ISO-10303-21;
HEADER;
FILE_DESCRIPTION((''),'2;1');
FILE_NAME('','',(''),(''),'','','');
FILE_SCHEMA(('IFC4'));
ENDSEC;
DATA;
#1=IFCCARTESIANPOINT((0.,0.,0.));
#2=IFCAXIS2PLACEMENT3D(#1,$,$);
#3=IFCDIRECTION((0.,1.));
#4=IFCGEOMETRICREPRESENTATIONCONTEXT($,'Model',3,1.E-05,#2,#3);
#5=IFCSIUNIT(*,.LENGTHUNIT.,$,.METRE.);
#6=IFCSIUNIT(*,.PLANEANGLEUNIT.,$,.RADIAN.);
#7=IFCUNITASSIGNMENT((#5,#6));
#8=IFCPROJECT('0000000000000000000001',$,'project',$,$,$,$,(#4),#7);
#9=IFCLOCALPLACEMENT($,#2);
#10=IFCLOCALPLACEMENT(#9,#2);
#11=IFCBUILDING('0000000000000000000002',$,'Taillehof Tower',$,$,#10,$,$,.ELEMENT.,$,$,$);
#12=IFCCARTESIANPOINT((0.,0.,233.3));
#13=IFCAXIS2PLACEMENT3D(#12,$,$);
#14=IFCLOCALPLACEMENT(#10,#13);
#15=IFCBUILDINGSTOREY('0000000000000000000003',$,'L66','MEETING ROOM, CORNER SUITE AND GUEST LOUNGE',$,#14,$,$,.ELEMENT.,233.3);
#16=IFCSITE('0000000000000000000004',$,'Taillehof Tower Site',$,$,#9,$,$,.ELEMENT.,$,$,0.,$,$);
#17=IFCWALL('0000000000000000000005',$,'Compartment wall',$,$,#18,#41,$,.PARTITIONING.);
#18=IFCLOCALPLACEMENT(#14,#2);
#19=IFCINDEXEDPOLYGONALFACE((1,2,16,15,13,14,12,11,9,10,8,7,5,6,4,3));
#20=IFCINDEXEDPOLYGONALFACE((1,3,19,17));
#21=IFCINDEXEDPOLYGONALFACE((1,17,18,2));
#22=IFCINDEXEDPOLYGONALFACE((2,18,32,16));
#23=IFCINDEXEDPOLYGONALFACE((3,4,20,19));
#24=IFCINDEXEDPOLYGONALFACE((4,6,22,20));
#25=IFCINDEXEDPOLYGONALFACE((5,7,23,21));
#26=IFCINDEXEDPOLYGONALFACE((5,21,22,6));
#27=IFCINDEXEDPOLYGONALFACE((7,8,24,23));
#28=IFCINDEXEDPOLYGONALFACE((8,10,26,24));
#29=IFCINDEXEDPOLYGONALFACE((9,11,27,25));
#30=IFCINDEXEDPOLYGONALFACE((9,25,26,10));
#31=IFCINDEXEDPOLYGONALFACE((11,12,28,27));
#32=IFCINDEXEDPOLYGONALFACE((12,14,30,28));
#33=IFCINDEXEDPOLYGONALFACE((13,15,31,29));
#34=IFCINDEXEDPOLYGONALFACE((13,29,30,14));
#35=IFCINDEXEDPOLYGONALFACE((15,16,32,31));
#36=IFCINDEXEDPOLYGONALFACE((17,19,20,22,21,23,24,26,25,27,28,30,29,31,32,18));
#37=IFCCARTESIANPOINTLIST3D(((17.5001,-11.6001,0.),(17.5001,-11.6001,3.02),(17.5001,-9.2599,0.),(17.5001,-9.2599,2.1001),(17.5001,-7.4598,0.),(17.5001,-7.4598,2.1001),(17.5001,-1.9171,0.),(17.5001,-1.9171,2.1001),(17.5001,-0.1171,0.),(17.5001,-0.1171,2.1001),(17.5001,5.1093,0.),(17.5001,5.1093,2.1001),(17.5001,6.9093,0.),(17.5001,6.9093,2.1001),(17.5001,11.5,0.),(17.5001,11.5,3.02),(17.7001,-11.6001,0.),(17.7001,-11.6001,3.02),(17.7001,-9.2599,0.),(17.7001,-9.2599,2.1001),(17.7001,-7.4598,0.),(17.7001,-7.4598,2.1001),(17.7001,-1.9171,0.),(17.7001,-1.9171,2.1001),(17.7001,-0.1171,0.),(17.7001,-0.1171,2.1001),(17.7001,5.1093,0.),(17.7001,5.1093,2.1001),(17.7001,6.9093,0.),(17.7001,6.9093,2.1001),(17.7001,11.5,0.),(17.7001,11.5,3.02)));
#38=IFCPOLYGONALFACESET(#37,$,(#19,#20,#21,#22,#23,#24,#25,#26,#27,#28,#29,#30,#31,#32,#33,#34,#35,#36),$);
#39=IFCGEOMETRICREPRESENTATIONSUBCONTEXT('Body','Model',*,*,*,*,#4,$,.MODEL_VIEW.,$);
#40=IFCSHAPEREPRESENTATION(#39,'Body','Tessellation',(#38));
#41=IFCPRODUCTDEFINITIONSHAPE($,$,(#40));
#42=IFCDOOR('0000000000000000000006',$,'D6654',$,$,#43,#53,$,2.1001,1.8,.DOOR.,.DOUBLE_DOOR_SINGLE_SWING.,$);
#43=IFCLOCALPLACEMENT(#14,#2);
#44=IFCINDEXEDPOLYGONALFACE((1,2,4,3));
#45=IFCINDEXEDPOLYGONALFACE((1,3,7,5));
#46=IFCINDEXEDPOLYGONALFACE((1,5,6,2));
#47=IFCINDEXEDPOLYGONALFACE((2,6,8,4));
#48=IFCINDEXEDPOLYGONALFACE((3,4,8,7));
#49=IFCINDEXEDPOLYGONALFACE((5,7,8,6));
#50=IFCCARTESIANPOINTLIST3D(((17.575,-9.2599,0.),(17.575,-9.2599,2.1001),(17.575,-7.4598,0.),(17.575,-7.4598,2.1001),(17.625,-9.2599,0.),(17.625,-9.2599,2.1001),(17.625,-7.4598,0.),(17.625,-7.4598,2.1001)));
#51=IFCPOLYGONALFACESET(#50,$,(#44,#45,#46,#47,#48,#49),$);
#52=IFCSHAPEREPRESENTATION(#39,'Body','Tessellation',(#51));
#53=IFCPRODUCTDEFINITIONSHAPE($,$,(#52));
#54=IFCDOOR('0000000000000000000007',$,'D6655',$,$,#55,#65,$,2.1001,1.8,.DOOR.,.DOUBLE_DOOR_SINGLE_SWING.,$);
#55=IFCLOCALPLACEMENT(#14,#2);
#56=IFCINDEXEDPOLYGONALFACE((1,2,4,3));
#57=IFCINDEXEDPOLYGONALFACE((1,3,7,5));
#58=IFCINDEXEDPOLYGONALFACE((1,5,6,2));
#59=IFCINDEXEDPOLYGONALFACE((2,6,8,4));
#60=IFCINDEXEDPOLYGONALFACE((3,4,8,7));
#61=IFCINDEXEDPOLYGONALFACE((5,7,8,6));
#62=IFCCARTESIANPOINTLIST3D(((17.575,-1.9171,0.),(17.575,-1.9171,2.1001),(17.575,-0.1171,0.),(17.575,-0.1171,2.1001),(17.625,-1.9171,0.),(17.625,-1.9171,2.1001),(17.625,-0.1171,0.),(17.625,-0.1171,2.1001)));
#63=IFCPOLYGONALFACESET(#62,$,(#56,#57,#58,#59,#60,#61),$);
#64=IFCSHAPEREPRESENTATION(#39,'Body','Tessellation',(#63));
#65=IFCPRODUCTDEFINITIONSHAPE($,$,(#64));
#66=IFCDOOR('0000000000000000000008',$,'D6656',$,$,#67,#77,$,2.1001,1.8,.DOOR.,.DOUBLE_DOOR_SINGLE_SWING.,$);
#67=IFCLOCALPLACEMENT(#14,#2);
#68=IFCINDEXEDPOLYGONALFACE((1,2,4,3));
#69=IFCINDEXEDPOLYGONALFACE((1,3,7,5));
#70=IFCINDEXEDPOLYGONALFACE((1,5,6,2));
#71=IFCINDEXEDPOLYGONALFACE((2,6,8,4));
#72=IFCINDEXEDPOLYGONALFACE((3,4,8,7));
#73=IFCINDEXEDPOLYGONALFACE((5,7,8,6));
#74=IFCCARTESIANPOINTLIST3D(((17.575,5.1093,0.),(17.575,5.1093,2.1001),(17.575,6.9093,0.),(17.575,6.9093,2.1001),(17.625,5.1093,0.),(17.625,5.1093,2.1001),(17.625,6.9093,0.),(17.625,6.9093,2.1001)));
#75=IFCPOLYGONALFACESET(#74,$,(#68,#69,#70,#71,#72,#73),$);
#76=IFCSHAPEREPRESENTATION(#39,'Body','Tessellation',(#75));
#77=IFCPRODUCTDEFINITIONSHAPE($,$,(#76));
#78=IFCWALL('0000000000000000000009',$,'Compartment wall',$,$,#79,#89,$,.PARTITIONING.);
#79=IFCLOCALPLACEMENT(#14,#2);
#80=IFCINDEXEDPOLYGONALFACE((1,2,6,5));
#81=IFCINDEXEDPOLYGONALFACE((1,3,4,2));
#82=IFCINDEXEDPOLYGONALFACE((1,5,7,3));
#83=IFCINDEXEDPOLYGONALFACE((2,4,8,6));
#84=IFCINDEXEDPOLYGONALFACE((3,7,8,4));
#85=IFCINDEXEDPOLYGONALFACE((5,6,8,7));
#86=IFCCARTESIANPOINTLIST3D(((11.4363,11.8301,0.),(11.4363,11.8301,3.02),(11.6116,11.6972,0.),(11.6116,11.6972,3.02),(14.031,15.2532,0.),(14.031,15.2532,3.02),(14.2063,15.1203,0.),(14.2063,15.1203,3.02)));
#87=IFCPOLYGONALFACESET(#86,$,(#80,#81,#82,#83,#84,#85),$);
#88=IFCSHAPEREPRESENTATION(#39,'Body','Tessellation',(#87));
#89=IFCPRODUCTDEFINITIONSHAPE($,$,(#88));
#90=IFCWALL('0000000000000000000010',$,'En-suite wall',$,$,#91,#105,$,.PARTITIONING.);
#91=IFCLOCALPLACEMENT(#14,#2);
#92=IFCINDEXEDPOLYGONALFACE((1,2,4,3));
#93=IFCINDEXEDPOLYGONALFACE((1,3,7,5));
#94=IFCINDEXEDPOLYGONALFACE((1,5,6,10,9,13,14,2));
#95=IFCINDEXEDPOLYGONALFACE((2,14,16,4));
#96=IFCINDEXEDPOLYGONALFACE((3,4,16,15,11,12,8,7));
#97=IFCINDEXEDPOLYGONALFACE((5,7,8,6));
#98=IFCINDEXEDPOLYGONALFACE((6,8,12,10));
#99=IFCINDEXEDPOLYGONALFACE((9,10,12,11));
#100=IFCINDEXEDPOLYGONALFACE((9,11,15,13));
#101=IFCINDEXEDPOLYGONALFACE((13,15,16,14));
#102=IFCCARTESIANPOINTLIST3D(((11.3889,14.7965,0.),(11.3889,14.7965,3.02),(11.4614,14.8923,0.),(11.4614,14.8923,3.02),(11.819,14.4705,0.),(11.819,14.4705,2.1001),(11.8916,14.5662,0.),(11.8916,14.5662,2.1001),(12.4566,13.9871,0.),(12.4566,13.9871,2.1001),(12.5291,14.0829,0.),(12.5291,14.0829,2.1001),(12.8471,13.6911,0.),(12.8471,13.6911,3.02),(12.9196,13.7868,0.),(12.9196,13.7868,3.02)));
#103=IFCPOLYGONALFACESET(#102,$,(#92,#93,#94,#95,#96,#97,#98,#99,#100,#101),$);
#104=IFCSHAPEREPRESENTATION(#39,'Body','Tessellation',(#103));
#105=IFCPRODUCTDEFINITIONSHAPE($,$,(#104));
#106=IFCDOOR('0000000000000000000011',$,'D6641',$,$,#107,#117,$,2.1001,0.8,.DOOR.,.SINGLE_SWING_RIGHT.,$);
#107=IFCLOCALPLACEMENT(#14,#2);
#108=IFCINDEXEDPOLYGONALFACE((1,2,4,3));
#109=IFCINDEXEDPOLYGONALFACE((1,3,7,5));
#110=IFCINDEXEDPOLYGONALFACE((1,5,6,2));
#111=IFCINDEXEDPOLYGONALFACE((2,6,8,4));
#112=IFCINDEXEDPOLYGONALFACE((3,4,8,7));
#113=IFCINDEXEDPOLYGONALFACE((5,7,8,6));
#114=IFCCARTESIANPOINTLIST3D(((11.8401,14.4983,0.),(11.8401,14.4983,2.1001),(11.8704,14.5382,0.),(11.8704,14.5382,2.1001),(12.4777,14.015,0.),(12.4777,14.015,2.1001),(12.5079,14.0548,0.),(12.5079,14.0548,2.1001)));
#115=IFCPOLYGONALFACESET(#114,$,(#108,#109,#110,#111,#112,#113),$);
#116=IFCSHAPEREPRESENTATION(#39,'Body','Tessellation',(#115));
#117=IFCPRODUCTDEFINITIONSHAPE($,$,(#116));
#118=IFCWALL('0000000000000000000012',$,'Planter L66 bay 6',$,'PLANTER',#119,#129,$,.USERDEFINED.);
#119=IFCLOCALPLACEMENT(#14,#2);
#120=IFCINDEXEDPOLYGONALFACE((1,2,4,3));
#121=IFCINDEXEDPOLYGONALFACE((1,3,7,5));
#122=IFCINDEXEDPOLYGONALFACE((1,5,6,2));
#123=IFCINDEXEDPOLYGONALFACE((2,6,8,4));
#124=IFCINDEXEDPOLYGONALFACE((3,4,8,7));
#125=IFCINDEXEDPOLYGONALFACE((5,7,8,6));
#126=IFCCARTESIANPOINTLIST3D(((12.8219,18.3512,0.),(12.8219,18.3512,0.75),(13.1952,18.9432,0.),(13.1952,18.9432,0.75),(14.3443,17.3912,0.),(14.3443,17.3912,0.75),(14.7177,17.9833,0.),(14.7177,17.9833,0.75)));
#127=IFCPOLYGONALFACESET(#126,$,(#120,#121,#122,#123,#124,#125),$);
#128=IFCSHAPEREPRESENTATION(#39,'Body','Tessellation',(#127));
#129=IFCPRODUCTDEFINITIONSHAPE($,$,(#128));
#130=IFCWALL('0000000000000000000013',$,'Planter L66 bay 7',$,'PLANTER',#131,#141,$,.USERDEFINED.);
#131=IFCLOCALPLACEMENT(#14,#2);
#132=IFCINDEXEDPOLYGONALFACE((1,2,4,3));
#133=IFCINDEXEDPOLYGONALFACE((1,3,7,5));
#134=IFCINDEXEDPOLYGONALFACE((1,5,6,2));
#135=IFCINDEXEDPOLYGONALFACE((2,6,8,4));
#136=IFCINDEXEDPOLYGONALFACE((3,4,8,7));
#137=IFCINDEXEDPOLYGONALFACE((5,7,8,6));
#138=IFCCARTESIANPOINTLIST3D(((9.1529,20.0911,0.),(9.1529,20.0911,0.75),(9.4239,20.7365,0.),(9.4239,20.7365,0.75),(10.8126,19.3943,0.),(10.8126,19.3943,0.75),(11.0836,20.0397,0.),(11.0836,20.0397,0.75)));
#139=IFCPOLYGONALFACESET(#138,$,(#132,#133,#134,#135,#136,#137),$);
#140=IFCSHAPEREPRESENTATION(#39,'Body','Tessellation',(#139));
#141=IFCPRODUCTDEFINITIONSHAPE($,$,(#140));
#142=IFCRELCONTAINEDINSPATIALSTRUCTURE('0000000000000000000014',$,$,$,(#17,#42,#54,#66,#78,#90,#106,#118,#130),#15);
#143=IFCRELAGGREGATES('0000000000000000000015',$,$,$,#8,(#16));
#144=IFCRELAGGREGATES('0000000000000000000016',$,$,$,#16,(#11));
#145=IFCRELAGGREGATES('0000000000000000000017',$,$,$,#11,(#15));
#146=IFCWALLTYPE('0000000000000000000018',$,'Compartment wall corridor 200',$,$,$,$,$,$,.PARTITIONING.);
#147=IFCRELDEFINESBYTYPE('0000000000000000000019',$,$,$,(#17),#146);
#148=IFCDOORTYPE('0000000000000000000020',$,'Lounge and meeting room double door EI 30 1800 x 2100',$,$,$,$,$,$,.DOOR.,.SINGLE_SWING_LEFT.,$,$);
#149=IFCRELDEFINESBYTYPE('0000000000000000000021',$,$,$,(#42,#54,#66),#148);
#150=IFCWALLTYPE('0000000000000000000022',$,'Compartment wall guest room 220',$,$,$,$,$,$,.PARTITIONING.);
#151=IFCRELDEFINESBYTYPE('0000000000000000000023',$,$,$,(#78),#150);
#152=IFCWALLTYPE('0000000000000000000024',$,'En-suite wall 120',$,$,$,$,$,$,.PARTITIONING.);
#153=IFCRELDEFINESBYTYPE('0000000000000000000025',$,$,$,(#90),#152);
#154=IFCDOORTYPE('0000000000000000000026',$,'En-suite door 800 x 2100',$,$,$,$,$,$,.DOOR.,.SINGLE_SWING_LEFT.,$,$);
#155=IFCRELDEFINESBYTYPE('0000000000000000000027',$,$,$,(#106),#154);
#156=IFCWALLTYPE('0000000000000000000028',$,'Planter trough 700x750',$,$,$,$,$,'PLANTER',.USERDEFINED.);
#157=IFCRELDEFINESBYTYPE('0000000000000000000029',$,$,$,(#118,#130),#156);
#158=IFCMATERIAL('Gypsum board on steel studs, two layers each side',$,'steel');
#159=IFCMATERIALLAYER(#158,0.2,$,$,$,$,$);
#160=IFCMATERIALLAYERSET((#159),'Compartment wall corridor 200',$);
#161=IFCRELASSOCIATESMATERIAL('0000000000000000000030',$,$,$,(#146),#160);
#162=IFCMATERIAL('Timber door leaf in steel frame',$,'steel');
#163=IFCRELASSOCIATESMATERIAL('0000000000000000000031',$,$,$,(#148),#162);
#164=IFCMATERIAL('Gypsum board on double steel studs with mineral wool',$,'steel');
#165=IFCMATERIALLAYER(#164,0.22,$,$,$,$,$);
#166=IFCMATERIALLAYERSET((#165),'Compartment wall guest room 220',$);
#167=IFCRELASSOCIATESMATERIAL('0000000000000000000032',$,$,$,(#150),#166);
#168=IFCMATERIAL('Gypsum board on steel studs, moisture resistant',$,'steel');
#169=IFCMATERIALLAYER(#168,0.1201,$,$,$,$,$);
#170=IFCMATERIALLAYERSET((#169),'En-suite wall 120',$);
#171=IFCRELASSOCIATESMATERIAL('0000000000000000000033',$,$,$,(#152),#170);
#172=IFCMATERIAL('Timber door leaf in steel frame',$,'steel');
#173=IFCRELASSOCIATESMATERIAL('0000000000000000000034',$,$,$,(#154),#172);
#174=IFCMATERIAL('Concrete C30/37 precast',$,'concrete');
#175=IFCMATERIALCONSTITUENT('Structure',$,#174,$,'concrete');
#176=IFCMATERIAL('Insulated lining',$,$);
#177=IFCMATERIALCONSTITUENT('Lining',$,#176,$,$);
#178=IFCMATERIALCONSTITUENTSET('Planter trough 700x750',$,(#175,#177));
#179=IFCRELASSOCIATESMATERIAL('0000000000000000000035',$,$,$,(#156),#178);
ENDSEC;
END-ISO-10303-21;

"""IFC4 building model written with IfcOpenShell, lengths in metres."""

from ifc_helpers import new_model, si_unit, direction, frame, frame_2d, origin, place, context, subcontext, project, spatial, rectangle, extrude, material, layer, layer_set, constituent, constituent_set, type_object, element, fill, save


model = new_model("IFC4")

# Units and contexts
model_context = context("Model", 3, precision=1e-05, world=origin(), true_north=direction((0.0, 1.0)))
body_context = subcontext(model_context, "Body", "Model", "MODEL_VIEW")
ifc_project = project(units=[si_unit("LENGTHUNIT", "METRE"), si_unit("PLANEANGLEUNIT", "RADIAN")], contexts=[model_context])

# Site, building, storey
site_placement = place(None, origin())
site = spatial("IfcSite", under=ifc_project, at=site_placement, Name="Taillehof Tower Site", CompositionType="ELEMENT", RefElevation=0.0)
building_placement = place(site_placement, origin())
building = spatial("IfcBuilding", under=site, at=building_placement, Name="Taillehof Tower", CompositionType="ELEMENT")
storey_placement = place(building_placement, frame((0.0, 0.0, 233.3)))
storey = spatial("IfcBuildingStorey", under=building, at=storey_placement, Name="L66", Description="MEETING ROOM, CORNER SUITE AND GUEST LOUNGE", CompositionType="ELEMENT", Elevation=233.3)

# Wall, openings, doors
ifc_material_1 = material(Name="Gypsum board on steel studs, two layers each side", Category="steel")
ifc_layer_1 = layer(ifc_material_1, 0.2)
ifc_layer_set_1 = layer_set([ifc_layer_1], Name="Compartment wall corridor 200")
wall_type_1 = type_object("IfcWallType", Name="Compartment wall corridor 200", PredefinedType="PARTITIONING", material=ifc_layer_set_1)
wall_1_placement = place(storey_placement, frame((17.6001, 11.5, 0.0), z_axis=(0.0, 0.0, 1.0), x_axis=(0.0, -1.0, 0.0)))
wall_1 = element("IfcWall", 1, at=wall_1_placement, inside=storey, type_object=wall_type_1, Name="Compartment wall", PredefinedType="PARTITIONING", context=body_context, shape_type="SweptSolid", body=[
    extrude(rectangle(XDim=23.1001, YDim=0.2, at=frame_2d((11.55, 0.0))), origin(), (0.0, 0.0, 1.0), 3.02),
])
opening_1_placement = place(wall_1_placement, frame((18.96, 0.0, 0.0)))
opening_1 = element("IfcOpeningElement", 2, at=opening_1_placement, cuts=wall_1, PredefinedType="OPENING", context=body_context, shape_type="SweptSolid", body=[
    extrude(rectangle(XDim=1.8, YDim=2.1001, at=frame_2d((0.8999, 1.05))), frame((0.0, 0.1099, 0.0), z_axis=(0.0, -1.0, 0.0), x_axis=(1.0, 0.0, 0.0)), (0.0, 0.0, 1.0), 0.22),
])
opening_2_placement = place(wall_1_placement, frame((11.6172, 0.0, 0.0)))
opening_2 = element("IfcOpeningElement", 3, at=opening_2_placement, cuts=wall_1, PredefinedType="OPENING", context=body_context, shape_type="SweptSolid", body=[
    extrude(rectangle(XDim=1.8, YDim=2.1001, at=frame_2d((0.8999, 1.05))), frame((0.0, 0.1099, 0.0), z_axis=(0.0, -1.0, 0.0), x_axis=(1.0, 0.0, 0.0)), (0.0, 0.0, 1.0), 0.22),
])
opening_3_placement = place(wall_1_placement, frame((4.5908, 0.0, 0.0)))
opening_3 = element("IfcOpeningElement", 4, at=opening_3_placement, cuts=wall_1, PredefinedType="OPENING", context=body_context, shape_type="SweptSolid", body=[
    extrude(rectangle(XDim=1.8, YDim=2.1001, at=frame_2d((0.8999, 1.05))), frame((0.0, 0.1099, 0.0), z_axis=(0.0, -1.0, 0.0), x_axis=(1.0, 0.0, 0.0)), (0.0, 0.0, 1.0), 0.22),
])
ifc_material_2 = material(Name="Timber door leaf in steel frame", Category="steel")
door_type_1 = type_object("IfcDoorType", Name="Lounge and meeting room double door EI 30 1800 x 2100", OperationType="SINGLE_SWING_LEFT", PredefinedType="DOOR", material=ifc_material_2)
door_1_placement = place(opening_1_placement, origin())
door_1 = element("IfcDoor", 5, at=door_1_placement, inside=storey, type_object=door_type_1, Name="D6654", OperationType="DOUBLE_DOOR_SINGLE_SWING", OverallHeight=2.1001, OverallWidth=1.8, PredefinedType="DOOR", context=body_context, shape_type="SweptSolid", body=[
    extrude(rectangle(XDim=1.8, YDim=2.1001, at=frame_2d((0.8999, 1.05))), frame((0.0, 0.0249, 0.0), z_axis=(0.0, -1.0, 0.0), x_axis=(1.0, 0.0, 0.0)), (0.0, 0.0, 1.0), 0.05),
])
fill(opening_1, door_1)
door_2_placement = place(opening_2_placement, origin())
door_2 = element("IfcDoor", 6, at=door_2_placement, inside=storey, type_object=door_type_1, Name="D6655", OperationType="DOUBLE_DOOR_SINGLE_SWING", OverallHeight=2.1001, OverallWidth=1.8, PredefinedType="DOOR", context=body_context, shape_type="SweptSolid", body=[
    extrude(rectangle(XDim=1.8, YDim=2.1001, at=frame_2d((0.8999, 1.05))), frame((0.0, 0.0249, 0.0), z_axis=(0.0, -1.0, 0.0), x_axis=(1.0, 0.0, 0.0)), (0.0, 0.0, 1.0), 0.05),
])
fill(opening_2, door_2)
door_3_placement = place(opening_3_placement, origin())
door_3 = element("IfcDoor", 7, at=door_3_placement, inside=storey, type_object=door_type_1, Name="D6656", OperationType="DOUBLE_DOOR_SINGLE_SWING", OverallHeight=2.1001, OverallWidth=1.8, PredefinedType="DOOR", context=body_context, shape_type="SweptSolid", body=[
    extrude(rectangle(XDim=1.8, YDim=2.1001, at=frame_2d((0.8999, 1.05))), frame((0.0, 0.0249, 0.0), z_axis=(0.0, -1.0, 0.0), x_axis=(1.0, 0.0, 0.0)), (0.0, 0.0, 1.0), 0.05),
])
fill(opening_3, door_3)

# Wall
ifc_material_3 = material(Name="Gypsum board on double steel studs with mineral wool", Category="steel")
ifc_layer_2 = layer(ifc_material_3, 0.22)
ifc_layer_set_2 = layer_set([ifc_layer_2], Name="Compartment wall guest room 220")
wall_type_2 = type_object("IfcWallType", Name="Compartment wall guest room 220", PredefinedType="PARTITIONING", material=ifc_layer_set_2)
wall_2_placement = place(storey_placement, frame((14.1187, 15.1868, 0.0), z_axis=(0.0, 0.0, 1.0), x_axis=(-0.604075, -0.796927, 0.0)))
element("IfcWall", 8, at=wall_2_placement, inside=storey, type_object=wall_type_2, Name="Compartment wall", PredefinedType="PARTITIONING", context=body_context, shape_type="SweptSolid", body=[
    extrude(rectangle(XDim=4.2954, YDim=0.22, at=frame_2d((2.1477, 0.0))), origin(), (0.0, 0.0, 1.0), 3.02),
])

# Wall, opening, door
ifc_material_4 = material(Name="Gypsum board on steel studs, moisture resistant", Category="steel")
ifc_layer_3 = layer(ifc_material_4, 0.1201)
ifc_layer_set_3 = layer_set([ifc_layer_3], Name="En-suite wall 120")
wall_type_3 = type_object("IfcWallType", Name="En-suite wall 120", PredefinedType="PARTITIONING", material=ifc_layer_set_3)
wall_3_placement = place(storey_placement, frame((11.425, 14.8445, 0.0), z_axis=(0.0, 0.0, 1.0), x_axis=(0.796899, -0.604112, 0.0)))
wall_3 = element("IfcWall", 9, at=wall_3_placement, inside=storey, type_object=wall_type_3, Name="En-suite wall", PredefinedType="PARTITIONING", context=body_context, shape_type="SweptSolid", body=[
    extrude(rectangle(XDim=1.8298, YDim=0.1201, at=frame_2d((0.915, 0.0))), origin(), (0.0, 0.0, 1.0), 3.02),
])
opening_4_placement = place(wall_3_placement, frame((0.54, 0.0, 0.0)))
opening_4 = element("IfcOpeningElement", 10, at=opening_4_placement, cuts=wall_3, PredefinedType="OPENING", context=body_context, shape_type="SweptSolid", body=[
    extrude(rectangle(XDim=0.8, YDim=2.1001, at=frame_2d((0.3999, 1.05))), frame((0.0, 0.0701, 0.0), z_axis=(0.0, -1.0, 0.0), x_axis=(1.0, 0.0, 0.0)), (0.0, 0.0, 1.0), 0.1401),
])
ifc_material_5 = material(Name="Timber door leaf in steel frame", Category="steel")
door_type_2 = type_object("IfcDoorType", Name="En-suite door 800 x 2100", OperationType="SINGLE_SWING_LEFT", PredefinedType="DOOR", material=ifc_material_5)
door_4_placement = place(opening_4_placement, origin())
door_4 = element("IfcDoor", 11, at=door_4_placement, inside=storey, type_object=door_type_2, Name="D6641", OperationType="SINGLE_SWING_RIGHT", OverallHeight=2.1001, OverallWidth=0.8, PredefinedType="DOOR", context=body_context, shape_type="SweptSolid", body=[
    extrude(rectangle(XDim=0.8, YDim=2.1001, at=frame_2d((0.3999, 1.05))), frame((0.0, 0.0249, 0.0), z_axis=(0.0, -1.0, 0.0), x_axis=(1.0, 0.0, 0.0)), (0.0, 0.0, 1.0), 0.05),
])
fill(opening_4, door_4)

# Walls
ifc_material_6 = material(Name="Concrete C30/37 precast", Category="concrete")
ifc_constituent_1 = constituent(ifc_material_6, Name="Structure", Category="concrete")
ifc_material_7 = material(Name="Insulated lining")
ifc_constituent_2 = constituent(ifc_material_7, Name="Lining")
ifc_constituent_set = constituent_set(constituents=[ifc_constituent_1, ifc_constituent_2], Name="Planter trough 700x750")
wall_type_4 = type_object("IfcWallType", Name="Planter trough 700x750", ElementType="PLANTER", PredefinedType="USERDEFINED", material=ifc_constituent_set)
wall_4_placement = place(storey_placement, frame((14.531, 17.6873, 0.0), z_axis=(0.0, 0.0, 1.0), x_axis=(-0.845888, 0.53336, 0.0)))
element("IfcWall", 12, at=wall_4_placement, inside=storey, type_object=wall_type_4, Name="Planter L66 bay 6", ObjectType="PLANTER", PredefinedType="USERDEFINED", context=body_context, shape_type="SweptSolid", body=[
    extrude(rectangle(XDim=1.7998, YDim=0.7, at=frame_2d((0.8999, 0.0))), origin(), (0.0, 0.0, 1.0), 0.75),
])
wall_5_placement = place(storey_placement, frame((10.948, 19.717, 0.0), z_axis=(0.0, 0.0, 1.0), x_axis=(-0.922038, 0.387099, 0.0)))
element("IfcWall", 13, at=wall_5_placement, inside=storey, type_object=wall_type_4, Name="Planter L66 bay 7", ObjectType="PLANTER", PredefinedType="USERDEFINED", context=body_context, shape_type="SweptSolid", body=[
    extrude(rectangle(XDim=1.8, YDim=0.7, at=frame_2d((0.8999, 0.0))), origin(), (0.0, 0.0, 1.0), 0.75),
])

save(model, "model.ifc")
